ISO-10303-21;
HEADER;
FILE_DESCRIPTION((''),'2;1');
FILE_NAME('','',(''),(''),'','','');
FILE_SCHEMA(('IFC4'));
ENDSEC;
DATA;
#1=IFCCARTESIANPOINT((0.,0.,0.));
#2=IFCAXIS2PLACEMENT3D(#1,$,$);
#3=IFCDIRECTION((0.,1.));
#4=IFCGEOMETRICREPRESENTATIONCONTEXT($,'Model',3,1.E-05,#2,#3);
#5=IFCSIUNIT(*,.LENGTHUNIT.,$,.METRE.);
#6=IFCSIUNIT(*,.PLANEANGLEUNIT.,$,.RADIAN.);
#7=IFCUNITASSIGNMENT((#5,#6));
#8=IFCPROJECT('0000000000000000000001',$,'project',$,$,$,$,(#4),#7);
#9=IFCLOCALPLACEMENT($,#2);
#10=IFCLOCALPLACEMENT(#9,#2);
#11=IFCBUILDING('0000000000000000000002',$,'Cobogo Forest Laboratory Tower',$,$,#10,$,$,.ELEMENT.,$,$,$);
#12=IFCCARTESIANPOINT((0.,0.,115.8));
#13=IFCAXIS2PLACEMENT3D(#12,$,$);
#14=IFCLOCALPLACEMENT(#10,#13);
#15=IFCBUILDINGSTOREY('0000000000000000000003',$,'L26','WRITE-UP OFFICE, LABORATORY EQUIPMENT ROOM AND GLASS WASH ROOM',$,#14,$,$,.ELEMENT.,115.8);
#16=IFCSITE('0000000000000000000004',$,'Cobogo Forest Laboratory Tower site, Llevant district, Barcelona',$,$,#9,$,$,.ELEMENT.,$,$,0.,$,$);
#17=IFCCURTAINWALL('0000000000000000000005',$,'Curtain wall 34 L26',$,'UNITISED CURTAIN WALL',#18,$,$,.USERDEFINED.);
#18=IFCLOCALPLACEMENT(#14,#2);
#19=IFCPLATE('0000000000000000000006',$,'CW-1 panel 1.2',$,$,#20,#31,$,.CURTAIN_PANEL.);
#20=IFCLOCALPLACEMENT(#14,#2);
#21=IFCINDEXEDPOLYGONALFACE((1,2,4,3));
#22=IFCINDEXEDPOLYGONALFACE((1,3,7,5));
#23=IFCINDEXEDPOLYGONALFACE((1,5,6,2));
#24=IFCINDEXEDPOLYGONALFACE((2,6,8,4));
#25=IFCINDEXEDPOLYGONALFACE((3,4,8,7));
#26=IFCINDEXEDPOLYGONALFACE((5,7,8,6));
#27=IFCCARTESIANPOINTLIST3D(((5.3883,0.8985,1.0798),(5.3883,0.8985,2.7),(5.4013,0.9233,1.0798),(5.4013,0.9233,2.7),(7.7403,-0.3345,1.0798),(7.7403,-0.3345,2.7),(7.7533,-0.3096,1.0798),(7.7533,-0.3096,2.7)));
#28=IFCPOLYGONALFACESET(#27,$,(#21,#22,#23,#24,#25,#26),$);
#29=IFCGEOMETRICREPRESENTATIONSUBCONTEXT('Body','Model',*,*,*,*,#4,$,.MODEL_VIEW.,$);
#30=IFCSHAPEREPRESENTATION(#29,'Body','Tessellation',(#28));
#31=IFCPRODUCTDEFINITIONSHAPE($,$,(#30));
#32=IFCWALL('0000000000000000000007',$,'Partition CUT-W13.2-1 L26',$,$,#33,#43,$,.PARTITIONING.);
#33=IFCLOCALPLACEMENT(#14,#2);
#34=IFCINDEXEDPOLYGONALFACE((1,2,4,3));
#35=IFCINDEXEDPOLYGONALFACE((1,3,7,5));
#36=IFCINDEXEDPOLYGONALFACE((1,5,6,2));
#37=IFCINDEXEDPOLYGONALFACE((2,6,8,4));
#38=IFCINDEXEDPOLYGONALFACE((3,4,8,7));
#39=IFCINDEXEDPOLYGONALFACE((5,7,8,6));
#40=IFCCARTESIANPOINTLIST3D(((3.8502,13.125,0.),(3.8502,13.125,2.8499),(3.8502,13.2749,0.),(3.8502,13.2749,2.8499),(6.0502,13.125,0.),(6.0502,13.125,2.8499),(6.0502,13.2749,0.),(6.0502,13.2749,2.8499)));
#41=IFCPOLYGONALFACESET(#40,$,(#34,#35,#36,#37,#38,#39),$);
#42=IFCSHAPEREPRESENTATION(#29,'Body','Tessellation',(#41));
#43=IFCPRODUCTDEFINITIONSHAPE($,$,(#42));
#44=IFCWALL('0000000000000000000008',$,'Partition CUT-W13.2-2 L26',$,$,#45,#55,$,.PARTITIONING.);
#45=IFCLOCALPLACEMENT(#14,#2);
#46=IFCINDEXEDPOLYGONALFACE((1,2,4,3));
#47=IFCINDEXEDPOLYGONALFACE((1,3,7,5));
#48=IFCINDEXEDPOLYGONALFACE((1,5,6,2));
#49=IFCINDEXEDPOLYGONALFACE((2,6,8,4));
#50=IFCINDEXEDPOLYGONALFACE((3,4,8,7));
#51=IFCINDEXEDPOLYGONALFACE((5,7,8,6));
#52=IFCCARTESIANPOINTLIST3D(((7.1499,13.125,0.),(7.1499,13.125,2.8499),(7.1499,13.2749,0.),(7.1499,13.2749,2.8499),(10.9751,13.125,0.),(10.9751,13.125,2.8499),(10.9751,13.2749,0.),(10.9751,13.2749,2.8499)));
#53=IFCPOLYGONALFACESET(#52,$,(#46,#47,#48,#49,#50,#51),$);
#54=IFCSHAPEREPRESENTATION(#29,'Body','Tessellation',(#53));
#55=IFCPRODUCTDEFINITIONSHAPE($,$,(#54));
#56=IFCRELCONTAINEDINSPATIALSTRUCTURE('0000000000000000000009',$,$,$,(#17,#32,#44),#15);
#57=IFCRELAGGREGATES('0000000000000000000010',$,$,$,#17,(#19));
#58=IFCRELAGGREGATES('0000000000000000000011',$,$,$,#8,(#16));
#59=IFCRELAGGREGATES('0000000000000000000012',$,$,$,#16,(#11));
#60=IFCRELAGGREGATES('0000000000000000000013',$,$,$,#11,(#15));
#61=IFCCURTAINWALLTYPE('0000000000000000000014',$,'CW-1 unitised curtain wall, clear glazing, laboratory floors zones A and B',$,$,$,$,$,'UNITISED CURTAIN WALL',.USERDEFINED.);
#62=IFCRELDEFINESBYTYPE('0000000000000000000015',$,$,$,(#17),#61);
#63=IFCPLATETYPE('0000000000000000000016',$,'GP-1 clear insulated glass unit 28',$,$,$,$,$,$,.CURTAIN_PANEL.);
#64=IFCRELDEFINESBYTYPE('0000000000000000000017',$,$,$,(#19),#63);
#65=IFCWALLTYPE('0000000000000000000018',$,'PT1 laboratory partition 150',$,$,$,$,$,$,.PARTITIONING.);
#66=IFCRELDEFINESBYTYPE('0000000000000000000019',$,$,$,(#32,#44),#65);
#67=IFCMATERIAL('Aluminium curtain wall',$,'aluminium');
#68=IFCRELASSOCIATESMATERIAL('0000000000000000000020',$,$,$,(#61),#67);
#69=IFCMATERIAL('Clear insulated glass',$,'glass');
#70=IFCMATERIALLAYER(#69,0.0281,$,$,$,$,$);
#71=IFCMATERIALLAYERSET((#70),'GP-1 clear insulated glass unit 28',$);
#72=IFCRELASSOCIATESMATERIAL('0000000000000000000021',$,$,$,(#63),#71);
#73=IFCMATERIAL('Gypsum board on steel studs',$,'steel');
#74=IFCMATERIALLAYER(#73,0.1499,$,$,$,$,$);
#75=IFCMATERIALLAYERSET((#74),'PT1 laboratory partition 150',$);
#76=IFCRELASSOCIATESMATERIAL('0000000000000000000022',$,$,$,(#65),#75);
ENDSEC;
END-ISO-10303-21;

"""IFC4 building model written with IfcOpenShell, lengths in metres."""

from ifc_helpers import new_model, si_unit, direction, frame, frame_2d, origin, origin_2d, place, context, subcontext, project, spatial, rectangle, extrude, material, layer, layer_set, type_object, element, aggregate, save


model = new_model("IFC4")

# Units and contexts
model_context = context("Model", 3, precision=1e-05, world=origin(), true_north=direction((0.0, 1.0)))
body_context = subcontext(model_context, "Body", "Model", "MODEL_VIEW")
ifc_project = project(units=[si_unit("LENGTHUNIT", "METRE"), si_unit("PLANEANGLEUNIT", "RADIAN")], contexts=[model_context])

# Site, building, storey
site_placement = place(None, origin())
site = spatial("IfcSite", under=ifc_project, at=site_placement, Name="Cobogo Forest Laboratory Tower site, Llevant district, Barcelona", CompositionType="ELEMENT", RefElevation=0.0)
building_placement = place(site_placement, origin())
building = spatial("IfcBuilding", under=site, at=building_placement, Name="Cobogo Forest Laboratory Tower", CompositionType="ELEMENT")
storey_placement = place(building_placement, frame((0.0, 0.0, 115.8)))
storey = spatial("IfcBuildingStorey", under=building, at=storey_placement, Name="L26", Description="WRITE-UP OFFICE, LABORATORY EQUIPMENT ROOM AND GLASS WASH ROOM", CompositionType="ELEMENT", Elevation=115.8)

# Shared definitions
ifc_material_1 = material(Name="Aluminium curtain wall", Category="aluminium")
curtain_wall_type = type_object("IfcCurtainWallType", Name="CW-1 unitised curtain wall, clear glazing, laboratory floors zones A and B", ElementType="UNITISED CURTAIN WALL", PredefinedType="USERDEFINED", material=ifc_material_1)

# Curtain wall
curtain_wall_1_placement = place(storey_placement, origin())
curtain_wall_1 = element("IfcCurtainWall", 1, at=curtain_wall_1_placement, inside=storey, type_object=curtain_wall_type, Name="Curtain wall 34 L26", ObjectType="UNITISED CURTAIN WALL", PredefinedType="USERDEFINED")

# Plate
ifc_material_2 = material(Name="Clear insulated glass", Category="glass")
ifc_layer_1 = layer(ifc_material_2, 0.0281)
ifc_layer_set_1 = layer_set([ifc_layer_1], Name="GP-1 clear insulated glass unit 28")
plate_type = type_object("IfcPlateType", Name="GP-1 clear insulated glass unit 28", PredefinedType="CURTAIN_PANEL", material=ifc_layer_set_1)
plate_1_placement = place(storey_placement, frame((6.5708, 0.2944, 1.0798), z_axis=(0.0, 0.0, 1.0), x_axis=(0.885687, -0.464284, 0.0)))
plate_1 = element("IfcPlate", 2, at=plate_1_placement, type_object=plate_type, Name="CW-1 panel 1.2", PredefinedType="CURTAIN_PANEL", context=body_context, shape_type="SweptSolid", body=[
    extrude(rectangle(XDim=2.6555, YDim=0.0281, at=origin_2d()), origin(), (0.0, 0.0, 1.0), 1.6201),
])
aggregate(curtain_wall_1, [plate_1])

# Walls
ifc_material_3 = material(Name="Gypsum board on steel studs", Category="steel")
ifc_layer_2 = layer(ifc_material_3, 0.1499)
ifc_layer_set_2 = layer_set([ifc_layer_2], Name="PT1 laboratory partition 150")
wall_type = type_object("IfcWallType", Name="PT1 laboratory partition 150", PredefinedType="PARTITIONING", material=ifc_layer_set_2)
wall_1_placement = place(storey_placement, frame((3.8501, 13.2, 0.0), z_axis=(0.0, 0.0, 1.0), x_axis=(1.0, 0.0, 0.0)))
element("IfcWall", 3, at=wall_1_placement, inside=storey, type_object=wall_type, Name="Partition CUT-W13.2-1 L26", PredefinedType="PARTITIONING", context=body_context, shape_type="SweptSolid", body=[
    extrude(rectangle(XDim=2.2, YDim=0.1499, at=frame_2d((1.1001, 0.0))), origin(), (0.0, 0.0, 1.0), 2.8499),
])
wall_2_placement = place(storey_placement, frame((7.1499, 13.2, 0.0), z_axis=(0.0, 0.0, 1.0), x_axis=(1.0, 0.0, 0.0)))
element("IfcWall", 4, at=wall_2_placement, inside=storey, type_object=wall_type, Name="Partition CUT-W13.2-2 L26", PredefinedType="PARTITIONING", context=body_context, shape_type="SweptSolid", body=[
    extrude(rectangle(XDim=3.8252, YDim=0.1499, at=frame_2d((1.9126, 0.0))), origin(), (0.0, 0.0, 1.0), 2.8499),
])

save(model, "model.ifc")
